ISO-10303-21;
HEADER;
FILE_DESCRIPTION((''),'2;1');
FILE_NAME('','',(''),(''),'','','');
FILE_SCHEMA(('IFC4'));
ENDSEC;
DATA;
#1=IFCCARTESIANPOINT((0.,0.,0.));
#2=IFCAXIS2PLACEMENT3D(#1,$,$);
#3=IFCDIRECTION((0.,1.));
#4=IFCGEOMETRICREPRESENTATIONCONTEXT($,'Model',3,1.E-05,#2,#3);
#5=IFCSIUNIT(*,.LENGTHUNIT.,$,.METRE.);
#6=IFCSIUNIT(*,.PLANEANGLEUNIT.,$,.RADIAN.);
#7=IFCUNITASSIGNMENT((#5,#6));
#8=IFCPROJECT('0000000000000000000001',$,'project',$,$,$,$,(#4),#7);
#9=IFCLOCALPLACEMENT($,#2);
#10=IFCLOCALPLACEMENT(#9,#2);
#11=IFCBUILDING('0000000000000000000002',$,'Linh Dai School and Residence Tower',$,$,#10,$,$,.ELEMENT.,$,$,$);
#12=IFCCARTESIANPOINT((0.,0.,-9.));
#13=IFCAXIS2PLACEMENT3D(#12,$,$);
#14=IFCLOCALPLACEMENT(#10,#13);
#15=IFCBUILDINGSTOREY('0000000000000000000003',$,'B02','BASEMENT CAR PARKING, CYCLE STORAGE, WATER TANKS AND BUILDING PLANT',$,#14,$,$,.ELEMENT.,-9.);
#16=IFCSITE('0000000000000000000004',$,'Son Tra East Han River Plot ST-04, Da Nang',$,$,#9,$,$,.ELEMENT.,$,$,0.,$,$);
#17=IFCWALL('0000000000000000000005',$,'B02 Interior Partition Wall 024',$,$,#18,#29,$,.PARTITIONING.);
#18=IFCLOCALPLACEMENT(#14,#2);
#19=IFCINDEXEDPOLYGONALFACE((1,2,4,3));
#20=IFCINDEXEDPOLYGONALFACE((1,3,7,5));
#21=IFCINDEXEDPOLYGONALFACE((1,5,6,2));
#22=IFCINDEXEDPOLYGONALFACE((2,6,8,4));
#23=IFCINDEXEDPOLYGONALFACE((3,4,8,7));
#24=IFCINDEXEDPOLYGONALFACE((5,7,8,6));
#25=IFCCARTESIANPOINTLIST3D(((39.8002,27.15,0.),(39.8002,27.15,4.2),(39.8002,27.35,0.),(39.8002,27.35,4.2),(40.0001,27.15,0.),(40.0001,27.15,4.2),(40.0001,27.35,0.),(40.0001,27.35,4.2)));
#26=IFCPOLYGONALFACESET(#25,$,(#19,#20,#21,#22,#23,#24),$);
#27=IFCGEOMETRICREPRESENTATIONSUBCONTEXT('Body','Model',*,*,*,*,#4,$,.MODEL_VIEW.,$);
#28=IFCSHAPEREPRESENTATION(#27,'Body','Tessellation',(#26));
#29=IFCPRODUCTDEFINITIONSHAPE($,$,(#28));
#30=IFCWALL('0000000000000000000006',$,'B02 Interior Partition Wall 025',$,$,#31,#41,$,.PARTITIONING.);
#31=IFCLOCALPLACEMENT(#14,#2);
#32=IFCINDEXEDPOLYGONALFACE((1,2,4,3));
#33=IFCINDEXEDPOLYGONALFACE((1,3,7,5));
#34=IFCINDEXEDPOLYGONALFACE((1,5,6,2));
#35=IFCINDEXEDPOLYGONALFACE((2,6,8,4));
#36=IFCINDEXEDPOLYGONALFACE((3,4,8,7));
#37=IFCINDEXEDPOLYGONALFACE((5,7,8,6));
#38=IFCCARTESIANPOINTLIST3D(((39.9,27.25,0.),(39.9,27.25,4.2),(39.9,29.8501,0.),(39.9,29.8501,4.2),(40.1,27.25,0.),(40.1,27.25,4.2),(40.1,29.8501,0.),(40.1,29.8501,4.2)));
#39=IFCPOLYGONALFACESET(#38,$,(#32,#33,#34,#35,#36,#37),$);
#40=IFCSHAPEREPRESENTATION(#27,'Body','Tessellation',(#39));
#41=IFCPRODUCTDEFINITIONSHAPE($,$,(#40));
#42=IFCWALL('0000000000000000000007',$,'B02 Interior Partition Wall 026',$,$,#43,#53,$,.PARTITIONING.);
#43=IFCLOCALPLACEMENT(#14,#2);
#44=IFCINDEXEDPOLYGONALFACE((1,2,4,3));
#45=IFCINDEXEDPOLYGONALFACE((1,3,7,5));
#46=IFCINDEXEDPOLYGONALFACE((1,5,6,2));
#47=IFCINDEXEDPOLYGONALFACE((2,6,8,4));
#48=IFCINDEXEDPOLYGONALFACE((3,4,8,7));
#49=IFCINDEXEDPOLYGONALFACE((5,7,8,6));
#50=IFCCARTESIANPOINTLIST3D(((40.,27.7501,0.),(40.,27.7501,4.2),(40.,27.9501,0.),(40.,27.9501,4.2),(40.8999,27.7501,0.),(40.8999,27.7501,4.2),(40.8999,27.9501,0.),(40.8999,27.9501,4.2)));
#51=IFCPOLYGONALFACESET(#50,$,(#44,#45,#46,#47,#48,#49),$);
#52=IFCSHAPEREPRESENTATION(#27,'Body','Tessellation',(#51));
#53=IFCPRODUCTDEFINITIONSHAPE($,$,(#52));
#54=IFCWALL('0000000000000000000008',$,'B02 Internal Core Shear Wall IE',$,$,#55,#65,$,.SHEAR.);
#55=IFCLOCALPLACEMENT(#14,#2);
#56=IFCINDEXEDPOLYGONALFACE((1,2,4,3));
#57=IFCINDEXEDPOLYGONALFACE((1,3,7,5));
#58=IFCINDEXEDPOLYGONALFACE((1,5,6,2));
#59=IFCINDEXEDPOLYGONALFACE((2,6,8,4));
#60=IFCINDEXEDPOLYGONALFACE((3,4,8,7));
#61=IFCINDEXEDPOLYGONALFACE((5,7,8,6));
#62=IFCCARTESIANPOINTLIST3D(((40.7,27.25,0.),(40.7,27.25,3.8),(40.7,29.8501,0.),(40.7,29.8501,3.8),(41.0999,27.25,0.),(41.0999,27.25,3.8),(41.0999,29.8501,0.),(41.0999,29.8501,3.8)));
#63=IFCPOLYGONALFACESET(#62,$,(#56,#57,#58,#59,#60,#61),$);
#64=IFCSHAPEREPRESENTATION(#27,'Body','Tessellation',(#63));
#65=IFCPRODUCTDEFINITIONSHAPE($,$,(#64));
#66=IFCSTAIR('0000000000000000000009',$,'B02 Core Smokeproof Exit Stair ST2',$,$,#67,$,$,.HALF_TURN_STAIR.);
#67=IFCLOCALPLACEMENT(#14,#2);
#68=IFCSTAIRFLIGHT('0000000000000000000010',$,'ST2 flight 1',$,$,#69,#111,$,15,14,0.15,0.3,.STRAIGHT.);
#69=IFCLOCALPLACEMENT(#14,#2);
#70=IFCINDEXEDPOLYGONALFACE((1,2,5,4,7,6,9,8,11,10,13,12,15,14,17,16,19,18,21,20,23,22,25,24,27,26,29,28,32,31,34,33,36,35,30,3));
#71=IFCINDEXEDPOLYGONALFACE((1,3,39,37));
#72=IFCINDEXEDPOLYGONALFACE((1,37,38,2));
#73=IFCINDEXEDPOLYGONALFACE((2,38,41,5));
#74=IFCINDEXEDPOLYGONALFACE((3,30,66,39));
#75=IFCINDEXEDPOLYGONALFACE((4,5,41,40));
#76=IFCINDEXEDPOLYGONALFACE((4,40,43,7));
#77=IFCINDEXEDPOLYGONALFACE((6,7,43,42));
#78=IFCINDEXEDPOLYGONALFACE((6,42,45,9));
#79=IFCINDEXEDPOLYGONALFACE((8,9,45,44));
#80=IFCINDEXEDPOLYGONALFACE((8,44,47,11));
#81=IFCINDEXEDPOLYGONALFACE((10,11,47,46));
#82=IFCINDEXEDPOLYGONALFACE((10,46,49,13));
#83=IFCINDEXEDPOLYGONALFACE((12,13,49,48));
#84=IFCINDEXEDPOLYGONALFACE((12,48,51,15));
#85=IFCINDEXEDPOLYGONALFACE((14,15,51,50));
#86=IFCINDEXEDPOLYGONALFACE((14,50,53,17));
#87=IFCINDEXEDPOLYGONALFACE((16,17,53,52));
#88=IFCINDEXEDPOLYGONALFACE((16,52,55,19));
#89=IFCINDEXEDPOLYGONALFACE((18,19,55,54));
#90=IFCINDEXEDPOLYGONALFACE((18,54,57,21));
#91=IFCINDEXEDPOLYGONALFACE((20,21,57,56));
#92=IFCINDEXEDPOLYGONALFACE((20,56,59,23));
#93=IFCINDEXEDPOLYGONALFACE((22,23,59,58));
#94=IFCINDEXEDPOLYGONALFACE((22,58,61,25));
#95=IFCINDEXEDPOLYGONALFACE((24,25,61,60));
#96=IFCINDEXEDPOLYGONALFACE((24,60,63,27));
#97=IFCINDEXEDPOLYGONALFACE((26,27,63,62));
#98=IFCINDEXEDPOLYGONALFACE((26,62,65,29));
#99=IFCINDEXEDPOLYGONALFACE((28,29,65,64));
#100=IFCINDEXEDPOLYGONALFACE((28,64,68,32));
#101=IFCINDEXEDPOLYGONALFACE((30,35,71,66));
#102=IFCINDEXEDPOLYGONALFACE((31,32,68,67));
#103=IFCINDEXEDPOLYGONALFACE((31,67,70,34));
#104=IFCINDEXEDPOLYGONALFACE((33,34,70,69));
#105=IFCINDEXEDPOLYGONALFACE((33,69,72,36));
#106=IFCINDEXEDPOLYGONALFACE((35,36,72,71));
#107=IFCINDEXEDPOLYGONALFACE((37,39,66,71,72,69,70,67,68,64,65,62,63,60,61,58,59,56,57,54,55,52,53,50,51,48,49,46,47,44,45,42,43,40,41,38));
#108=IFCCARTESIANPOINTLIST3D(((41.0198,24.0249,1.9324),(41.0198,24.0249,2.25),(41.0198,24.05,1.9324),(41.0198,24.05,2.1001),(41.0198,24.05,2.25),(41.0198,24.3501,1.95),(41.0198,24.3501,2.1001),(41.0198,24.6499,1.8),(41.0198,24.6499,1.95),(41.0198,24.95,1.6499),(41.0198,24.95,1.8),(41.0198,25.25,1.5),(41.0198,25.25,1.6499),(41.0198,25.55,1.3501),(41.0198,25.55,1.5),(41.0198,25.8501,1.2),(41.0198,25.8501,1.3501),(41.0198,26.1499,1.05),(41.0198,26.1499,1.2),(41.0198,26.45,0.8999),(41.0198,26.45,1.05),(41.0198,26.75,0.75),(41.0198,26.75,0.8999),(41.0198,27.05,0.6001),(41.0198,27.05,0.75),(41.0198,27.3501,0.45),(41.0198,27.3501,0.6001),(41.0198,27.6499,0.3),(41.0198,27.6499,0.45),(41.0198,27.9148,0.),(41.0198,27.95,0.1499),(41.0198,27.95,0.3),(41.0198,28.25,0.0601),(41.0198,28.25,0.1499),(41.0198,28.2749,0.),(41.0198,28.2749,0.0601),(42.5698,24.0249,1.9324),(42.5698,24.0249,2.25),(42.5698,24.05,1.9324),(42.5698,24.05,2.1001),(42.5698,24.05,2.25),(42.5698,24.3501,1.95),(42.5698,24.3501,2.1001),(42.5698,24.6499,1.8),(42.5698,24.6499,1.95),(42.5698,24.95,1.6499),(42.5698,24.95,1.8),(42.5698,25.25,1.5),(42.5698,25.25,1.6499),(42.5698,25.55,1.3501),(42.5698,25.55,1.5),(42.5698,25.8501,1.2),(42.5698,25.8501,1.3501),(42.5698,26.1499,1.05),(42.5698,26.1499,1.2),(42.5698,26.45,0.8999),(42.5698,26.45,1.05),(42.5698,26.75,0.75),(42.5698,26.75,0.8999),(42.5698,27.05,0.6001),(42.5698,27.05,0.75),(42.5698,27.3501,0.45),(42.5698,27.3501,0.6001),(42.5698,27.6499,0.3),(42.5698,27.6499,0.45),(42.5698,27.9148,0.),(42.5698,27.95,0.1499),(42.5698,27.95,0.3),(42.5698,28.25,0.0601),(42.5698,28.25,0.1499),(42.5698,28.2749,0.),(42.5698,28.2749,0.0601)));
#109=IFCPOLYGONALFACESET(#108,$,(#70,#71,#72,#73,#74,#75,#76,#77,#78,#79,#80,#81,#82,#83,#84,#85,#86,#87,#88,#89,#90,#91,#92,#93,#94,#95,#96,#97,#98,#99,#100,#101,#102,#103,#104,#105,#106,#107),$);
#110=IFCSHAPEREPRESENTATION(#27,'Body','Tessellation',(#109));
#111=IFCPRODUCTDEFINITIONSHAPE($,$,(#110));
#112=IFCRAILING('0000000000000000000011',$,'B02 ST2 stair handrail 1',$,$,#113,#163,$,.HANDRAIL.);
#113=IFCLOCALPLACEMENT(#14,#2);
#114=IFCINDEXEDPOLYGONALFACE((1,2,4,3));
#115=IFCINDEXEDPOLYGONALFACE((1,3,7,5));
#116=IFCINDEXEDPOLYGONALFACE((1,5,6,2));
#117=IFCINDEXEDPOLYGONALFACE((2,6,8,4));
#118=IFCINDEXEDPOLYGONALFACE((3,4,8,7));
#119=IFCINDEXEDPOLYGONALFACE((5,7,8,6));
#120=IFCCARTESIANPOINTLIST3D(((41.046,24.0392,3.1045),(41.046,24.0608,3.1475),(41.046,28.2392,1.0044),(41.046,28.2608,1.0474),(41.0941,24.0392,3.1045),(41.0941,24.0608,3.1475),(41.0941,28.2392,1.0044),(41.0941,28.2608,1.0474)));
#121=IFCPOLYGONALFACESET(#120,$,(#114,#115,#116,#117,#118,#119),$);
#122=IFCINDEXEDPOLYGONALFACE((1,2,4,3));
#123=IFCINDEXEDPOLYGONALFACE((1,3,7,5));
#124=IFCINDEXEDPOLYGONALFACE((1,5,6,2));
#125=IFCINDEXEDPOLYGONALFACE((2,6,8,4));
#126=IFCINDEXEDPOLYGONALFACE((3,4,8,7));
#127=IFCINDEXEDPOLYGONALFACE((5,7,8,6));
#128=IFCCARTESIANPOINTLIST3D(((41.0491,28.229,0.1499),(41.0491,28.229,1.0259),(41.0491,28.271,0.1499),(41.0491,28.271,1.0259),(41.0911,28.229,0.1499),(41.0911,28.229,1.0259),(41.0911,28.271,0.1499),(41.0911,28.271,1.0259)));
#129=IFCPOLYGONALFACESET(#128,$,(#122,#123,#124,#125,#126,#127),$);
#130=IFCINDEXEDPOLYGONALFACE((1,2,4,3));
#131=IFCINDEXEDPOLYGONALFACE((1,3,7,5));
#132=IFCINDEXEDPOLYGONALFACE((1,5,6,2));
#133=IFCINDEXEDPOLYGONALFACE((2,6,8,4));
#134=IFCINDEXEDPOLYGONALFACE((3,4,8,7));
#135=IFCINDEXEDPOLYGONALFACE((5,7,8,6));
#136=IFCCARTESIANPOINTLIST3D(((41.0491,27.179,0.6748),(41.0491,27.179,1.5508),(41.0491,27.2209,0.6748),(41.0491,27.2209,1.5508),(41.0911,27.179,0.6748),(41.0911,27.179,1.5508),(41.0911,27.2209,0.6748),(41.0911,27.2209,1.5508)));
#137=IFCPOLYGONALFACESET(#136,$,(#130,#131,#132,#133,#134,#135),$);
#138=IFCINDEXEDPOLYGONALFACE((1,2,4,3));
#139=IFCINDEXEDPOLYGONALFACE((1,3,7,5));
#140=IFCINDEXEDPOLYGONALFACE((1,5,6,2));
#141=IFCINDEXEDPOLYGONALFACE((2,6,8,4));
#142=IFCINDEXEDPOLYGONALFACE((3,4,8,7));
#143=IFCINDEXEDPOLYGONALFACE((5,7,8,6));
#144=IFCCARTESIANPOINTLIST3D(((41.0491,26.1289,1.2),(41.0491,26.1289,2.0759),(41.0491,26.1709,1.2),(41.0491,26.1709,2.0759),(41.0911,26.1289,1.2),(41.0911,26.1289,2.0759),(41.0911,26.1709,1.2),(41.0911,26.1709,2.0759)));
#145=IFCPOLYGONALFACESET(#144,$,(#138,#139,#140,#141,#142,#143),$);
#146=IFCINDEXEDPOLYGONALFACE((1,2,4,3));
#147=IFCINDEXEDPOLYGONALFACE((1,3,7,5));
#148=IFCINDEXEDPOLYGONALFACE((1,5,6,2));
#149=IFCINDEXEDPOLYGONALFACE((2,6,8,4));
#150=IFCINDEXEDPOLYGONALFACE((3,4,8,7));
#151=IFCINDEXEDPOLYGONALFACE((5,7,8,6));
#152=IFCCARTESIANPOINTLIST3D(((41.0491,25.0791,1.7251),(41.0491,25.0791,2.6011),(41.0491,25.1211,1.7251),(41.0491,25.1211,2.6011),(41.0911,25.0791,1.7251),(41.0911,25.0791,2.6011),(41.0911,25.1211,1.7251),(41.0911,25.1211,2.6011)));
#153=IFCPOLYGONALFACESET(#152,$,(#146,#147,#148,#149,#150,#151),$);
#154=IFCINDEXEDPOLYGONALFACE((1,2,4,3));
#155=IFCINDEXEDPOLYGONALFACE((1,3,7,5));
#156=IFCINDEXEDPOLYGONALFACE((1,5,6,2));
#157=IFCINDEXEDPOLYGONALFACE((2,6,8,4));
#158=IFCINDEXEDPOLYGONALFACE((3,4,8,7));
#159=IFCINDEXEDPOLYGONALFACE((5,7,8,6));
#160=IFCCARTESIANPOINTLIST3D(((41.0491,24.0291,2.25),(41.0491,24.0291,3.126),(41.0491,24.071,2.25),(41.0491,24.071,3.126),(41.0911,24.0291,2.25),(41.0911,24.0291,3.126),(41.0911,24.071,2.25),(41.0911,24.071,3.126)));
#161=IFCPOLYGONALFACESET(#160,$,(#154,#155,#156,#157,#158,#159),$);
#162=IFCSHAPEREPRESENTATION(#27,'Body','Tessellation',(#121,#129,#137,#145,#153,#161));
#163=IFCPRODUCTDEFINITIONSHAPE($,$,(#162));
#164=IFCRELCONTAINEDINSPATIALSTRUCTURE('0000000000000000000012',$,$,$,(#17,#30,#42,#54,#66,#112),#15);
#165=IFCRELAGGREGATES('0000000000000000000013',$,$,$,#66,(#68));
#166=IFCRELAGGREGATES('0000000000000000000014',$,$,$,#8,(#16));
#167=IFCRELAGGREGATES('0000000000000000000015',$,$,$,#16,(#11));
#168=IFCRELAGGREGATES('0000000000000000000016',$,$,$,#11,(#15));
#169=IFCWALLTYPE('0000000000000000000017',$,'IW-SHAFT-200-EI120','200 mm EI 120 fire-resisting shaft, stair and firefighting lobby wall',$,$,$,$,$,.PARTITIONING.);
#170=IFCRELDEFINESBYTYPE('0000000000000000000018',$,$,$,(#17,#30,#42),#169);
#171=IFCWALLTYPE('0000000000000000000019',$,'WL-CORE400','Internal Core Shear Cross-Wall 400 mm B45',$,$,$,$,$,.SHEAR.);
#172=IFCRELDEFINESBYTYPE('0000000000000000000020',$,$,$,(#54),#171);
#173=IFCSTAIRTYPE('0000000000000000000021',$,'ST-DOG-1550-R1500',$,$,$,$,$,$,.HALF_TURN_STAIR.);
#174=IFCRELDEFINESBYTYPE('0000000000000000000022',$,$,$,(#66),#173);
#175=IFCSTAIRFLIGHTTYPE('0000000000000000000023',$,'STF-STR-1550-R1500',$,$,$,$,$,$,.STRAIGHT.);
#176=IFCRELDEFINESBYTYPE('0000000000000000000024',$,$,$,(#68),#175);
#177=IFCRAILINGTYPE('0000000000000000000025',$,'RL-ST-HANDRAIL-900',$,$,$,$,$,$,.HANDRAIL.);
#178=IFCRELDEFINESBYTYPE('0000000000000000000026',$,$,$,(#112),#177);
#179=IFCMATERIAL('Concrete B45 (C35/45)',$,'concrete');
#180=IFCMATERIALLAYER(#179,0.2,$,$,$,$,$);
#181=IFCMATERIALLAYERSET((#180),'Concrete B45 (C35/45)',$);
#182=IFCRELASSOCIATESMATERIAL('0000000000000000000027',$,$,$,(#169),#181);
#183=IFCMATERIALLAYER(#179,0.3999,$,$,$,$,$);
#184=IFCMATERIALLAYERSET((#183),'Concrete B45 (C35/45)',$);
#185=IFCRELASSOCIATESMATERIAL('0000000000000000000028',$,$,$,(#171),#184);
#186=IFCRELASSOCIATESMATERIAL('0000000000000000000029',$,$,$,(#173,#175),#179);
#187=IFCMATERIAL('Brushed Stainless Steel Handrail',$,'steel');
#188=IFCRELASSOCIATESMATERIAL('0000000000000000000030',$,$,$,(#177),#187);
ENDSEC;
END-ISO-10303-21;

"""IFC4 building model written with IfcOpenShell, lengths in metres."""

from ifc_helpers import new_model, si_unit, direction, frame, frame_2d, origin, origin_2d, place, context, subcontext, project, spatial, polyline, rectangle, outline, extrude, source, transform, mapped, material, layer, layer_set, type_object, element, aggregate, save


model = new_model("IFC4")

# Units and contexts
model_context = context("Model", 3, precision=1e-05, world=origin(), true_north=direction((0.0, 1.0)))
body_context = subcontext(model_context, "Body", "Model", "MODEL_VIEW")
ifc_project = project(units=[si_unit("LENGTHUNIT", "METRE"), si_unit("PLANEANGLEUNIT", "RADIAN")], contexts=[model_context])

# Site, building, storey
site_placement = place(None, origin())
site = spatial("IfcSite", under=ifc_project, at=site_placement, Name="Son Tra East Han River Plot ST-04, Da Nang", CompositionType="ELEMENT", RefElevation=0.0)
building_placement = place(site_placement, origin())
building = spatial("IfcBuilding", under=site, at=building_placement, Name="Linh Dai School and Residence Tower", CompositionType="ELEMENT")
storey_placement = place(building_placement, frame((0.0, 0.0, -9.0)))
storey = spatial("IfcBuildingStorey", under=building, at=storey_placement, Name="B02", Description="BASEMENT CAR PARKING, CYCLE STORAGE, WATER TANKS AND BUILDING PLANT", CompositionType="ELEMENT", Elevation=-9.0)

# Shared definitions
ifc_material_1 = material(Name="Concrete B45 (C35/45)", Category="concrete")

# Walls
ifc_layer_1 = layer(ifc_material_1, 0.2)
ifc_layer_set_1 = layer_set([ifc_layer_1], Name="Concrete B45 (C35/45)")
wall_type_1 = type_object("IfcWallType", Name="IW-SHAFT-200-EI120", Description="200 mm EI 120 fire-resisting shaft, stair and firefighting lobby wall", PredefinedType="PARTITIONING", material=ifc_layer_set_1)
wall_1_placement = place(storey_placement, frame((39.8, 27.25, 0.0), z_axis=(0.0, 0.0, 1.0), x_axis=(1.0, 0.0, 0.0)))
element("IfcWall", 1, at=wall_1_placement, inside=storey, type_object=wall_type_1, Name="B02 Interior Partition Wall 024", PredefinedType="PARTITIONING", context=body_context, shape_type="SweptSolid", body=[
    extrude(rectangle(XDim=0.2, YDim=0.2, at=frame_2d((0.1001, 0.0))), origin(), (0.0, 0.0, 1.0), 4.2),
])
wall_2_placement = place(storey_placement, frame((40.0, 27.25, 0.0), z_axis=(0.0, 0.0, 1.0), x_axis=(0.0, 1.0, 0.0)))
element("IfcWall", 2, at=wall_2_placement, inside=storey, type_object=wall_type_1, Name="B02 Interior Partition Wall 025", PredefinedType="PARTITIONING", context=body_context, shape_type="SweptSolid", body=[
    extrude(rectangle(XDim=2.6001, YDim=0.2, at=frame_2d((1.3, 0.0))), origin(), (0.0, 0.0, 1.0), 4.2),
])
wall_3_placement = place(storey_placement, frame((40.0, 27.8501, 0.0), z_axis=(0.0, 0.0, 1.0), x_axis=(1.0, 0.0, 0.0)))
element("IfcWall", 3, at=wall_3_placement, inside=storey, type_object=wall_type_1, Name="B02 Interior Partition Wall 026", PredefinedType="PARTITIONING", context=body_context, shape_type="SweptSolid", body=[
    extrude(rectangle(XDim=0.8999, YDim=0.2, at=frame_2d((0.45, 0.0))), origin(), (0.0, 0.0, 1.0), 4.2),
])
ifc_layer_2 = layer(ifc_material_1, 0.3999)
ifc_layer_set_2 = layer_set([ifc_layer_2], Name="Concrete B45 (C35/45)")
wall_type_2 = type_object("IfcWallType", Name="WL-CORE400", Description="Internal Core Shear Cross-Wall 400 mm B45", PredefinedType="SHEAR", material=ifc_layer_set_2)
wall_4_placement = place(storey_placement, frame((40.8999, 27.25, 0.0), z_axis=(0.0, 0.0, 1.0), x_axis=(0.0, 1.0, 0.0)))
element("IfcWall", 4, at=wall_4_placement, inside=storey, type_object=wall_type_2, Name="B02 Internal Core Shear Wall IE", PredefinedType="SHEAR", context=body_context, shape_type="SweptSolid", body=[
    extrude(rectangle(XDim=2.6001, YDim=0.3999, at=frame_2d((1.3, 0.0))), origin(), (0.0, 0.0, 1.0), 3.8),
])

# Stair, stair flight
stair_type = type_object("IfcStairType", Name="ST-DOG-1550-R1500", PredefinedType="HALF_TURN_STAIR", material=ifc_material_1)
stair_placement = place(storey_placement, origin())
stair = element("IfcStair", 5, at=stair_placement, inside=storey, type_object=stair_type, Name="B02 Core Smokeproof Exit Stair ST2", PredefinedType="HALF_TURN_STAIR")
stair_flight_type = type_object("IfcStairFlightType", Name="STF-STR-1550-R1500", PredefinedType="STRAIGHT", material=ifc_material_1)
shared_shape_1 = source(origin(), body_context, "Body", "SweptSolid", [
    extrude(outline(polyline([(-0.0249, 0.0), (-0.0249, 0.0601), (0.0, 0.0601), (0.0, 0.1499), (0.3, 0.1499), (0.3, 0.3), (0.6001, 0.3), (0.6001, 0.45), (0.8999, 0.45), (0.8999, 0.6001), (1.2, 0.6001), (1.2, 0.75), (1.5, 0.75), (1.5, 0.8999), (1.8, 0.8999), (1.8, 1.05), (2.1001, 1.05), (2.1001, 1.2), (2.3999, 1.2), (2.3999, 1.3501), (2.7, 1.3501), (2.7, 1.5), (3.0, 1.5), (3.0, 1.6499), (3.3, 1.6499), (3.3, 1.8), (3.6001, 1.8), (3.6001, 1.95), (3.8999, 1.95), (3.8999, 2.1001), (4.2, 2.1001), (4.2, 2.25), (4.2251, 2.25), (4.2251, 1.9324), (4.2, 1.9324), (0.3352, 0.0), (-0.0249, 0.0)])), frame((0.0, 0.7749, 0.0), z_axis=(0.0, -1.0, 0.0), x_axis=(1.0, 0.0, 0.0)), (0.0, 0.0, 1.0), 1.55),
])
stair_flight_placement = place(storey_placement, frame((41.7949, 28.25, 0.0), z_axis=(0.0, 0.0, 1.0), x_axis=(0.0, -1.0, 0.0)))
stair_flight = element("IfcStairFlight", 6, at=stair_flight_placement, type_object=stair_flight_type, Name="ST2 flight 1", NumberOfRisers=15, NumberOfTreads=14, PredefinedType="STRAIGHT", RiserHeight=0.15, TreadLength=0.3, context=body_context, shape_type="MappedRepresentation", body=[
    mapped(shared_shape_1, transform((0.0, 0.0, 0.0), x_axis=(1.0, 0.0, 0.0), y_axis=(0.0, 1.0, 0.0), z_axis=(0.0, 0.0, 1.0), scale=1.0)),
])
aggregate(stair, [stair_flight])

# Railing
ifc_material_2 = material(Name="Brushed Stainless Steel Handrail", Category="steel")
railing_type_1 = type_object("IfcRailingType", Name="RL-ST-HANDRAIL-900", PredefinedType="HANDRAIL", material=ifc_material_2)
shared_shape_2 = source(origin(), body_context, "Body", "SweptSolid", [
    extrude(rectangle(XDim=0.0481, YDim=0.0481, at=origin_2d()), frame((0.0, 0.0, 0.876), z_axis=(0.0, -0.894417, 0.447234), x_axis=(1.0, 0.0, 0.0)), (0.0, 0.0, 1.0), 4.6958),
    extrude(rectangle(XDim=0.042, YDim=0.042, at=origin_2d()), origin(), (0.0, 0.0, 1.0), 0.876),
    extrude(rectangle(XDim=0.042, YDim=0.042, at=origin_2d()), frame((0.0, -1.05, 0.5249)), (0.0, 0.0, 1.0), 0.876),
    extrude(rectangle(XDim=0.042, YDim=0.042, at=origin_2d()), frame((0.0, -2.1001, 1.05)), (0.0, 0.0, 1.0), 0.876),
    extrude(rectangle(XDim=0.042, YDim=0.042, at=origin_2d()), frame((0.0, -3.1499, 1.5752)), (0.0, 0.0, 1.0), 0.876),
    extrude(rectangle(XDim=0.042, YDim=0.042, at=origin_2d()), frame((0.0, -4.2, 2.1001)), (0.0, 0.0, 1.0), 0.876),
])
railing_1_placement = place(storey_placement, frame((41.0701, 28.25, 0.1499)))
element("IfcRailing", 7, at=railing_1_placement, inside=storey, type_object=railing_type_1, Name="B02 ST2 stair handrail 1", PredefinedType="HANDRAIL", context=body_context, shape_type="MappedRepresentation", body=[
    mapped(shared_shape_2, transform((0.0, 0.0, 0.0), x_axis=(1.0, 0.0, 0.0), y_axis=(0.0, 1.0, 0.0), z_axis=(0.0, 0.0, 1.0), scale=1.0)),
])

save(model, "model.ifc")
